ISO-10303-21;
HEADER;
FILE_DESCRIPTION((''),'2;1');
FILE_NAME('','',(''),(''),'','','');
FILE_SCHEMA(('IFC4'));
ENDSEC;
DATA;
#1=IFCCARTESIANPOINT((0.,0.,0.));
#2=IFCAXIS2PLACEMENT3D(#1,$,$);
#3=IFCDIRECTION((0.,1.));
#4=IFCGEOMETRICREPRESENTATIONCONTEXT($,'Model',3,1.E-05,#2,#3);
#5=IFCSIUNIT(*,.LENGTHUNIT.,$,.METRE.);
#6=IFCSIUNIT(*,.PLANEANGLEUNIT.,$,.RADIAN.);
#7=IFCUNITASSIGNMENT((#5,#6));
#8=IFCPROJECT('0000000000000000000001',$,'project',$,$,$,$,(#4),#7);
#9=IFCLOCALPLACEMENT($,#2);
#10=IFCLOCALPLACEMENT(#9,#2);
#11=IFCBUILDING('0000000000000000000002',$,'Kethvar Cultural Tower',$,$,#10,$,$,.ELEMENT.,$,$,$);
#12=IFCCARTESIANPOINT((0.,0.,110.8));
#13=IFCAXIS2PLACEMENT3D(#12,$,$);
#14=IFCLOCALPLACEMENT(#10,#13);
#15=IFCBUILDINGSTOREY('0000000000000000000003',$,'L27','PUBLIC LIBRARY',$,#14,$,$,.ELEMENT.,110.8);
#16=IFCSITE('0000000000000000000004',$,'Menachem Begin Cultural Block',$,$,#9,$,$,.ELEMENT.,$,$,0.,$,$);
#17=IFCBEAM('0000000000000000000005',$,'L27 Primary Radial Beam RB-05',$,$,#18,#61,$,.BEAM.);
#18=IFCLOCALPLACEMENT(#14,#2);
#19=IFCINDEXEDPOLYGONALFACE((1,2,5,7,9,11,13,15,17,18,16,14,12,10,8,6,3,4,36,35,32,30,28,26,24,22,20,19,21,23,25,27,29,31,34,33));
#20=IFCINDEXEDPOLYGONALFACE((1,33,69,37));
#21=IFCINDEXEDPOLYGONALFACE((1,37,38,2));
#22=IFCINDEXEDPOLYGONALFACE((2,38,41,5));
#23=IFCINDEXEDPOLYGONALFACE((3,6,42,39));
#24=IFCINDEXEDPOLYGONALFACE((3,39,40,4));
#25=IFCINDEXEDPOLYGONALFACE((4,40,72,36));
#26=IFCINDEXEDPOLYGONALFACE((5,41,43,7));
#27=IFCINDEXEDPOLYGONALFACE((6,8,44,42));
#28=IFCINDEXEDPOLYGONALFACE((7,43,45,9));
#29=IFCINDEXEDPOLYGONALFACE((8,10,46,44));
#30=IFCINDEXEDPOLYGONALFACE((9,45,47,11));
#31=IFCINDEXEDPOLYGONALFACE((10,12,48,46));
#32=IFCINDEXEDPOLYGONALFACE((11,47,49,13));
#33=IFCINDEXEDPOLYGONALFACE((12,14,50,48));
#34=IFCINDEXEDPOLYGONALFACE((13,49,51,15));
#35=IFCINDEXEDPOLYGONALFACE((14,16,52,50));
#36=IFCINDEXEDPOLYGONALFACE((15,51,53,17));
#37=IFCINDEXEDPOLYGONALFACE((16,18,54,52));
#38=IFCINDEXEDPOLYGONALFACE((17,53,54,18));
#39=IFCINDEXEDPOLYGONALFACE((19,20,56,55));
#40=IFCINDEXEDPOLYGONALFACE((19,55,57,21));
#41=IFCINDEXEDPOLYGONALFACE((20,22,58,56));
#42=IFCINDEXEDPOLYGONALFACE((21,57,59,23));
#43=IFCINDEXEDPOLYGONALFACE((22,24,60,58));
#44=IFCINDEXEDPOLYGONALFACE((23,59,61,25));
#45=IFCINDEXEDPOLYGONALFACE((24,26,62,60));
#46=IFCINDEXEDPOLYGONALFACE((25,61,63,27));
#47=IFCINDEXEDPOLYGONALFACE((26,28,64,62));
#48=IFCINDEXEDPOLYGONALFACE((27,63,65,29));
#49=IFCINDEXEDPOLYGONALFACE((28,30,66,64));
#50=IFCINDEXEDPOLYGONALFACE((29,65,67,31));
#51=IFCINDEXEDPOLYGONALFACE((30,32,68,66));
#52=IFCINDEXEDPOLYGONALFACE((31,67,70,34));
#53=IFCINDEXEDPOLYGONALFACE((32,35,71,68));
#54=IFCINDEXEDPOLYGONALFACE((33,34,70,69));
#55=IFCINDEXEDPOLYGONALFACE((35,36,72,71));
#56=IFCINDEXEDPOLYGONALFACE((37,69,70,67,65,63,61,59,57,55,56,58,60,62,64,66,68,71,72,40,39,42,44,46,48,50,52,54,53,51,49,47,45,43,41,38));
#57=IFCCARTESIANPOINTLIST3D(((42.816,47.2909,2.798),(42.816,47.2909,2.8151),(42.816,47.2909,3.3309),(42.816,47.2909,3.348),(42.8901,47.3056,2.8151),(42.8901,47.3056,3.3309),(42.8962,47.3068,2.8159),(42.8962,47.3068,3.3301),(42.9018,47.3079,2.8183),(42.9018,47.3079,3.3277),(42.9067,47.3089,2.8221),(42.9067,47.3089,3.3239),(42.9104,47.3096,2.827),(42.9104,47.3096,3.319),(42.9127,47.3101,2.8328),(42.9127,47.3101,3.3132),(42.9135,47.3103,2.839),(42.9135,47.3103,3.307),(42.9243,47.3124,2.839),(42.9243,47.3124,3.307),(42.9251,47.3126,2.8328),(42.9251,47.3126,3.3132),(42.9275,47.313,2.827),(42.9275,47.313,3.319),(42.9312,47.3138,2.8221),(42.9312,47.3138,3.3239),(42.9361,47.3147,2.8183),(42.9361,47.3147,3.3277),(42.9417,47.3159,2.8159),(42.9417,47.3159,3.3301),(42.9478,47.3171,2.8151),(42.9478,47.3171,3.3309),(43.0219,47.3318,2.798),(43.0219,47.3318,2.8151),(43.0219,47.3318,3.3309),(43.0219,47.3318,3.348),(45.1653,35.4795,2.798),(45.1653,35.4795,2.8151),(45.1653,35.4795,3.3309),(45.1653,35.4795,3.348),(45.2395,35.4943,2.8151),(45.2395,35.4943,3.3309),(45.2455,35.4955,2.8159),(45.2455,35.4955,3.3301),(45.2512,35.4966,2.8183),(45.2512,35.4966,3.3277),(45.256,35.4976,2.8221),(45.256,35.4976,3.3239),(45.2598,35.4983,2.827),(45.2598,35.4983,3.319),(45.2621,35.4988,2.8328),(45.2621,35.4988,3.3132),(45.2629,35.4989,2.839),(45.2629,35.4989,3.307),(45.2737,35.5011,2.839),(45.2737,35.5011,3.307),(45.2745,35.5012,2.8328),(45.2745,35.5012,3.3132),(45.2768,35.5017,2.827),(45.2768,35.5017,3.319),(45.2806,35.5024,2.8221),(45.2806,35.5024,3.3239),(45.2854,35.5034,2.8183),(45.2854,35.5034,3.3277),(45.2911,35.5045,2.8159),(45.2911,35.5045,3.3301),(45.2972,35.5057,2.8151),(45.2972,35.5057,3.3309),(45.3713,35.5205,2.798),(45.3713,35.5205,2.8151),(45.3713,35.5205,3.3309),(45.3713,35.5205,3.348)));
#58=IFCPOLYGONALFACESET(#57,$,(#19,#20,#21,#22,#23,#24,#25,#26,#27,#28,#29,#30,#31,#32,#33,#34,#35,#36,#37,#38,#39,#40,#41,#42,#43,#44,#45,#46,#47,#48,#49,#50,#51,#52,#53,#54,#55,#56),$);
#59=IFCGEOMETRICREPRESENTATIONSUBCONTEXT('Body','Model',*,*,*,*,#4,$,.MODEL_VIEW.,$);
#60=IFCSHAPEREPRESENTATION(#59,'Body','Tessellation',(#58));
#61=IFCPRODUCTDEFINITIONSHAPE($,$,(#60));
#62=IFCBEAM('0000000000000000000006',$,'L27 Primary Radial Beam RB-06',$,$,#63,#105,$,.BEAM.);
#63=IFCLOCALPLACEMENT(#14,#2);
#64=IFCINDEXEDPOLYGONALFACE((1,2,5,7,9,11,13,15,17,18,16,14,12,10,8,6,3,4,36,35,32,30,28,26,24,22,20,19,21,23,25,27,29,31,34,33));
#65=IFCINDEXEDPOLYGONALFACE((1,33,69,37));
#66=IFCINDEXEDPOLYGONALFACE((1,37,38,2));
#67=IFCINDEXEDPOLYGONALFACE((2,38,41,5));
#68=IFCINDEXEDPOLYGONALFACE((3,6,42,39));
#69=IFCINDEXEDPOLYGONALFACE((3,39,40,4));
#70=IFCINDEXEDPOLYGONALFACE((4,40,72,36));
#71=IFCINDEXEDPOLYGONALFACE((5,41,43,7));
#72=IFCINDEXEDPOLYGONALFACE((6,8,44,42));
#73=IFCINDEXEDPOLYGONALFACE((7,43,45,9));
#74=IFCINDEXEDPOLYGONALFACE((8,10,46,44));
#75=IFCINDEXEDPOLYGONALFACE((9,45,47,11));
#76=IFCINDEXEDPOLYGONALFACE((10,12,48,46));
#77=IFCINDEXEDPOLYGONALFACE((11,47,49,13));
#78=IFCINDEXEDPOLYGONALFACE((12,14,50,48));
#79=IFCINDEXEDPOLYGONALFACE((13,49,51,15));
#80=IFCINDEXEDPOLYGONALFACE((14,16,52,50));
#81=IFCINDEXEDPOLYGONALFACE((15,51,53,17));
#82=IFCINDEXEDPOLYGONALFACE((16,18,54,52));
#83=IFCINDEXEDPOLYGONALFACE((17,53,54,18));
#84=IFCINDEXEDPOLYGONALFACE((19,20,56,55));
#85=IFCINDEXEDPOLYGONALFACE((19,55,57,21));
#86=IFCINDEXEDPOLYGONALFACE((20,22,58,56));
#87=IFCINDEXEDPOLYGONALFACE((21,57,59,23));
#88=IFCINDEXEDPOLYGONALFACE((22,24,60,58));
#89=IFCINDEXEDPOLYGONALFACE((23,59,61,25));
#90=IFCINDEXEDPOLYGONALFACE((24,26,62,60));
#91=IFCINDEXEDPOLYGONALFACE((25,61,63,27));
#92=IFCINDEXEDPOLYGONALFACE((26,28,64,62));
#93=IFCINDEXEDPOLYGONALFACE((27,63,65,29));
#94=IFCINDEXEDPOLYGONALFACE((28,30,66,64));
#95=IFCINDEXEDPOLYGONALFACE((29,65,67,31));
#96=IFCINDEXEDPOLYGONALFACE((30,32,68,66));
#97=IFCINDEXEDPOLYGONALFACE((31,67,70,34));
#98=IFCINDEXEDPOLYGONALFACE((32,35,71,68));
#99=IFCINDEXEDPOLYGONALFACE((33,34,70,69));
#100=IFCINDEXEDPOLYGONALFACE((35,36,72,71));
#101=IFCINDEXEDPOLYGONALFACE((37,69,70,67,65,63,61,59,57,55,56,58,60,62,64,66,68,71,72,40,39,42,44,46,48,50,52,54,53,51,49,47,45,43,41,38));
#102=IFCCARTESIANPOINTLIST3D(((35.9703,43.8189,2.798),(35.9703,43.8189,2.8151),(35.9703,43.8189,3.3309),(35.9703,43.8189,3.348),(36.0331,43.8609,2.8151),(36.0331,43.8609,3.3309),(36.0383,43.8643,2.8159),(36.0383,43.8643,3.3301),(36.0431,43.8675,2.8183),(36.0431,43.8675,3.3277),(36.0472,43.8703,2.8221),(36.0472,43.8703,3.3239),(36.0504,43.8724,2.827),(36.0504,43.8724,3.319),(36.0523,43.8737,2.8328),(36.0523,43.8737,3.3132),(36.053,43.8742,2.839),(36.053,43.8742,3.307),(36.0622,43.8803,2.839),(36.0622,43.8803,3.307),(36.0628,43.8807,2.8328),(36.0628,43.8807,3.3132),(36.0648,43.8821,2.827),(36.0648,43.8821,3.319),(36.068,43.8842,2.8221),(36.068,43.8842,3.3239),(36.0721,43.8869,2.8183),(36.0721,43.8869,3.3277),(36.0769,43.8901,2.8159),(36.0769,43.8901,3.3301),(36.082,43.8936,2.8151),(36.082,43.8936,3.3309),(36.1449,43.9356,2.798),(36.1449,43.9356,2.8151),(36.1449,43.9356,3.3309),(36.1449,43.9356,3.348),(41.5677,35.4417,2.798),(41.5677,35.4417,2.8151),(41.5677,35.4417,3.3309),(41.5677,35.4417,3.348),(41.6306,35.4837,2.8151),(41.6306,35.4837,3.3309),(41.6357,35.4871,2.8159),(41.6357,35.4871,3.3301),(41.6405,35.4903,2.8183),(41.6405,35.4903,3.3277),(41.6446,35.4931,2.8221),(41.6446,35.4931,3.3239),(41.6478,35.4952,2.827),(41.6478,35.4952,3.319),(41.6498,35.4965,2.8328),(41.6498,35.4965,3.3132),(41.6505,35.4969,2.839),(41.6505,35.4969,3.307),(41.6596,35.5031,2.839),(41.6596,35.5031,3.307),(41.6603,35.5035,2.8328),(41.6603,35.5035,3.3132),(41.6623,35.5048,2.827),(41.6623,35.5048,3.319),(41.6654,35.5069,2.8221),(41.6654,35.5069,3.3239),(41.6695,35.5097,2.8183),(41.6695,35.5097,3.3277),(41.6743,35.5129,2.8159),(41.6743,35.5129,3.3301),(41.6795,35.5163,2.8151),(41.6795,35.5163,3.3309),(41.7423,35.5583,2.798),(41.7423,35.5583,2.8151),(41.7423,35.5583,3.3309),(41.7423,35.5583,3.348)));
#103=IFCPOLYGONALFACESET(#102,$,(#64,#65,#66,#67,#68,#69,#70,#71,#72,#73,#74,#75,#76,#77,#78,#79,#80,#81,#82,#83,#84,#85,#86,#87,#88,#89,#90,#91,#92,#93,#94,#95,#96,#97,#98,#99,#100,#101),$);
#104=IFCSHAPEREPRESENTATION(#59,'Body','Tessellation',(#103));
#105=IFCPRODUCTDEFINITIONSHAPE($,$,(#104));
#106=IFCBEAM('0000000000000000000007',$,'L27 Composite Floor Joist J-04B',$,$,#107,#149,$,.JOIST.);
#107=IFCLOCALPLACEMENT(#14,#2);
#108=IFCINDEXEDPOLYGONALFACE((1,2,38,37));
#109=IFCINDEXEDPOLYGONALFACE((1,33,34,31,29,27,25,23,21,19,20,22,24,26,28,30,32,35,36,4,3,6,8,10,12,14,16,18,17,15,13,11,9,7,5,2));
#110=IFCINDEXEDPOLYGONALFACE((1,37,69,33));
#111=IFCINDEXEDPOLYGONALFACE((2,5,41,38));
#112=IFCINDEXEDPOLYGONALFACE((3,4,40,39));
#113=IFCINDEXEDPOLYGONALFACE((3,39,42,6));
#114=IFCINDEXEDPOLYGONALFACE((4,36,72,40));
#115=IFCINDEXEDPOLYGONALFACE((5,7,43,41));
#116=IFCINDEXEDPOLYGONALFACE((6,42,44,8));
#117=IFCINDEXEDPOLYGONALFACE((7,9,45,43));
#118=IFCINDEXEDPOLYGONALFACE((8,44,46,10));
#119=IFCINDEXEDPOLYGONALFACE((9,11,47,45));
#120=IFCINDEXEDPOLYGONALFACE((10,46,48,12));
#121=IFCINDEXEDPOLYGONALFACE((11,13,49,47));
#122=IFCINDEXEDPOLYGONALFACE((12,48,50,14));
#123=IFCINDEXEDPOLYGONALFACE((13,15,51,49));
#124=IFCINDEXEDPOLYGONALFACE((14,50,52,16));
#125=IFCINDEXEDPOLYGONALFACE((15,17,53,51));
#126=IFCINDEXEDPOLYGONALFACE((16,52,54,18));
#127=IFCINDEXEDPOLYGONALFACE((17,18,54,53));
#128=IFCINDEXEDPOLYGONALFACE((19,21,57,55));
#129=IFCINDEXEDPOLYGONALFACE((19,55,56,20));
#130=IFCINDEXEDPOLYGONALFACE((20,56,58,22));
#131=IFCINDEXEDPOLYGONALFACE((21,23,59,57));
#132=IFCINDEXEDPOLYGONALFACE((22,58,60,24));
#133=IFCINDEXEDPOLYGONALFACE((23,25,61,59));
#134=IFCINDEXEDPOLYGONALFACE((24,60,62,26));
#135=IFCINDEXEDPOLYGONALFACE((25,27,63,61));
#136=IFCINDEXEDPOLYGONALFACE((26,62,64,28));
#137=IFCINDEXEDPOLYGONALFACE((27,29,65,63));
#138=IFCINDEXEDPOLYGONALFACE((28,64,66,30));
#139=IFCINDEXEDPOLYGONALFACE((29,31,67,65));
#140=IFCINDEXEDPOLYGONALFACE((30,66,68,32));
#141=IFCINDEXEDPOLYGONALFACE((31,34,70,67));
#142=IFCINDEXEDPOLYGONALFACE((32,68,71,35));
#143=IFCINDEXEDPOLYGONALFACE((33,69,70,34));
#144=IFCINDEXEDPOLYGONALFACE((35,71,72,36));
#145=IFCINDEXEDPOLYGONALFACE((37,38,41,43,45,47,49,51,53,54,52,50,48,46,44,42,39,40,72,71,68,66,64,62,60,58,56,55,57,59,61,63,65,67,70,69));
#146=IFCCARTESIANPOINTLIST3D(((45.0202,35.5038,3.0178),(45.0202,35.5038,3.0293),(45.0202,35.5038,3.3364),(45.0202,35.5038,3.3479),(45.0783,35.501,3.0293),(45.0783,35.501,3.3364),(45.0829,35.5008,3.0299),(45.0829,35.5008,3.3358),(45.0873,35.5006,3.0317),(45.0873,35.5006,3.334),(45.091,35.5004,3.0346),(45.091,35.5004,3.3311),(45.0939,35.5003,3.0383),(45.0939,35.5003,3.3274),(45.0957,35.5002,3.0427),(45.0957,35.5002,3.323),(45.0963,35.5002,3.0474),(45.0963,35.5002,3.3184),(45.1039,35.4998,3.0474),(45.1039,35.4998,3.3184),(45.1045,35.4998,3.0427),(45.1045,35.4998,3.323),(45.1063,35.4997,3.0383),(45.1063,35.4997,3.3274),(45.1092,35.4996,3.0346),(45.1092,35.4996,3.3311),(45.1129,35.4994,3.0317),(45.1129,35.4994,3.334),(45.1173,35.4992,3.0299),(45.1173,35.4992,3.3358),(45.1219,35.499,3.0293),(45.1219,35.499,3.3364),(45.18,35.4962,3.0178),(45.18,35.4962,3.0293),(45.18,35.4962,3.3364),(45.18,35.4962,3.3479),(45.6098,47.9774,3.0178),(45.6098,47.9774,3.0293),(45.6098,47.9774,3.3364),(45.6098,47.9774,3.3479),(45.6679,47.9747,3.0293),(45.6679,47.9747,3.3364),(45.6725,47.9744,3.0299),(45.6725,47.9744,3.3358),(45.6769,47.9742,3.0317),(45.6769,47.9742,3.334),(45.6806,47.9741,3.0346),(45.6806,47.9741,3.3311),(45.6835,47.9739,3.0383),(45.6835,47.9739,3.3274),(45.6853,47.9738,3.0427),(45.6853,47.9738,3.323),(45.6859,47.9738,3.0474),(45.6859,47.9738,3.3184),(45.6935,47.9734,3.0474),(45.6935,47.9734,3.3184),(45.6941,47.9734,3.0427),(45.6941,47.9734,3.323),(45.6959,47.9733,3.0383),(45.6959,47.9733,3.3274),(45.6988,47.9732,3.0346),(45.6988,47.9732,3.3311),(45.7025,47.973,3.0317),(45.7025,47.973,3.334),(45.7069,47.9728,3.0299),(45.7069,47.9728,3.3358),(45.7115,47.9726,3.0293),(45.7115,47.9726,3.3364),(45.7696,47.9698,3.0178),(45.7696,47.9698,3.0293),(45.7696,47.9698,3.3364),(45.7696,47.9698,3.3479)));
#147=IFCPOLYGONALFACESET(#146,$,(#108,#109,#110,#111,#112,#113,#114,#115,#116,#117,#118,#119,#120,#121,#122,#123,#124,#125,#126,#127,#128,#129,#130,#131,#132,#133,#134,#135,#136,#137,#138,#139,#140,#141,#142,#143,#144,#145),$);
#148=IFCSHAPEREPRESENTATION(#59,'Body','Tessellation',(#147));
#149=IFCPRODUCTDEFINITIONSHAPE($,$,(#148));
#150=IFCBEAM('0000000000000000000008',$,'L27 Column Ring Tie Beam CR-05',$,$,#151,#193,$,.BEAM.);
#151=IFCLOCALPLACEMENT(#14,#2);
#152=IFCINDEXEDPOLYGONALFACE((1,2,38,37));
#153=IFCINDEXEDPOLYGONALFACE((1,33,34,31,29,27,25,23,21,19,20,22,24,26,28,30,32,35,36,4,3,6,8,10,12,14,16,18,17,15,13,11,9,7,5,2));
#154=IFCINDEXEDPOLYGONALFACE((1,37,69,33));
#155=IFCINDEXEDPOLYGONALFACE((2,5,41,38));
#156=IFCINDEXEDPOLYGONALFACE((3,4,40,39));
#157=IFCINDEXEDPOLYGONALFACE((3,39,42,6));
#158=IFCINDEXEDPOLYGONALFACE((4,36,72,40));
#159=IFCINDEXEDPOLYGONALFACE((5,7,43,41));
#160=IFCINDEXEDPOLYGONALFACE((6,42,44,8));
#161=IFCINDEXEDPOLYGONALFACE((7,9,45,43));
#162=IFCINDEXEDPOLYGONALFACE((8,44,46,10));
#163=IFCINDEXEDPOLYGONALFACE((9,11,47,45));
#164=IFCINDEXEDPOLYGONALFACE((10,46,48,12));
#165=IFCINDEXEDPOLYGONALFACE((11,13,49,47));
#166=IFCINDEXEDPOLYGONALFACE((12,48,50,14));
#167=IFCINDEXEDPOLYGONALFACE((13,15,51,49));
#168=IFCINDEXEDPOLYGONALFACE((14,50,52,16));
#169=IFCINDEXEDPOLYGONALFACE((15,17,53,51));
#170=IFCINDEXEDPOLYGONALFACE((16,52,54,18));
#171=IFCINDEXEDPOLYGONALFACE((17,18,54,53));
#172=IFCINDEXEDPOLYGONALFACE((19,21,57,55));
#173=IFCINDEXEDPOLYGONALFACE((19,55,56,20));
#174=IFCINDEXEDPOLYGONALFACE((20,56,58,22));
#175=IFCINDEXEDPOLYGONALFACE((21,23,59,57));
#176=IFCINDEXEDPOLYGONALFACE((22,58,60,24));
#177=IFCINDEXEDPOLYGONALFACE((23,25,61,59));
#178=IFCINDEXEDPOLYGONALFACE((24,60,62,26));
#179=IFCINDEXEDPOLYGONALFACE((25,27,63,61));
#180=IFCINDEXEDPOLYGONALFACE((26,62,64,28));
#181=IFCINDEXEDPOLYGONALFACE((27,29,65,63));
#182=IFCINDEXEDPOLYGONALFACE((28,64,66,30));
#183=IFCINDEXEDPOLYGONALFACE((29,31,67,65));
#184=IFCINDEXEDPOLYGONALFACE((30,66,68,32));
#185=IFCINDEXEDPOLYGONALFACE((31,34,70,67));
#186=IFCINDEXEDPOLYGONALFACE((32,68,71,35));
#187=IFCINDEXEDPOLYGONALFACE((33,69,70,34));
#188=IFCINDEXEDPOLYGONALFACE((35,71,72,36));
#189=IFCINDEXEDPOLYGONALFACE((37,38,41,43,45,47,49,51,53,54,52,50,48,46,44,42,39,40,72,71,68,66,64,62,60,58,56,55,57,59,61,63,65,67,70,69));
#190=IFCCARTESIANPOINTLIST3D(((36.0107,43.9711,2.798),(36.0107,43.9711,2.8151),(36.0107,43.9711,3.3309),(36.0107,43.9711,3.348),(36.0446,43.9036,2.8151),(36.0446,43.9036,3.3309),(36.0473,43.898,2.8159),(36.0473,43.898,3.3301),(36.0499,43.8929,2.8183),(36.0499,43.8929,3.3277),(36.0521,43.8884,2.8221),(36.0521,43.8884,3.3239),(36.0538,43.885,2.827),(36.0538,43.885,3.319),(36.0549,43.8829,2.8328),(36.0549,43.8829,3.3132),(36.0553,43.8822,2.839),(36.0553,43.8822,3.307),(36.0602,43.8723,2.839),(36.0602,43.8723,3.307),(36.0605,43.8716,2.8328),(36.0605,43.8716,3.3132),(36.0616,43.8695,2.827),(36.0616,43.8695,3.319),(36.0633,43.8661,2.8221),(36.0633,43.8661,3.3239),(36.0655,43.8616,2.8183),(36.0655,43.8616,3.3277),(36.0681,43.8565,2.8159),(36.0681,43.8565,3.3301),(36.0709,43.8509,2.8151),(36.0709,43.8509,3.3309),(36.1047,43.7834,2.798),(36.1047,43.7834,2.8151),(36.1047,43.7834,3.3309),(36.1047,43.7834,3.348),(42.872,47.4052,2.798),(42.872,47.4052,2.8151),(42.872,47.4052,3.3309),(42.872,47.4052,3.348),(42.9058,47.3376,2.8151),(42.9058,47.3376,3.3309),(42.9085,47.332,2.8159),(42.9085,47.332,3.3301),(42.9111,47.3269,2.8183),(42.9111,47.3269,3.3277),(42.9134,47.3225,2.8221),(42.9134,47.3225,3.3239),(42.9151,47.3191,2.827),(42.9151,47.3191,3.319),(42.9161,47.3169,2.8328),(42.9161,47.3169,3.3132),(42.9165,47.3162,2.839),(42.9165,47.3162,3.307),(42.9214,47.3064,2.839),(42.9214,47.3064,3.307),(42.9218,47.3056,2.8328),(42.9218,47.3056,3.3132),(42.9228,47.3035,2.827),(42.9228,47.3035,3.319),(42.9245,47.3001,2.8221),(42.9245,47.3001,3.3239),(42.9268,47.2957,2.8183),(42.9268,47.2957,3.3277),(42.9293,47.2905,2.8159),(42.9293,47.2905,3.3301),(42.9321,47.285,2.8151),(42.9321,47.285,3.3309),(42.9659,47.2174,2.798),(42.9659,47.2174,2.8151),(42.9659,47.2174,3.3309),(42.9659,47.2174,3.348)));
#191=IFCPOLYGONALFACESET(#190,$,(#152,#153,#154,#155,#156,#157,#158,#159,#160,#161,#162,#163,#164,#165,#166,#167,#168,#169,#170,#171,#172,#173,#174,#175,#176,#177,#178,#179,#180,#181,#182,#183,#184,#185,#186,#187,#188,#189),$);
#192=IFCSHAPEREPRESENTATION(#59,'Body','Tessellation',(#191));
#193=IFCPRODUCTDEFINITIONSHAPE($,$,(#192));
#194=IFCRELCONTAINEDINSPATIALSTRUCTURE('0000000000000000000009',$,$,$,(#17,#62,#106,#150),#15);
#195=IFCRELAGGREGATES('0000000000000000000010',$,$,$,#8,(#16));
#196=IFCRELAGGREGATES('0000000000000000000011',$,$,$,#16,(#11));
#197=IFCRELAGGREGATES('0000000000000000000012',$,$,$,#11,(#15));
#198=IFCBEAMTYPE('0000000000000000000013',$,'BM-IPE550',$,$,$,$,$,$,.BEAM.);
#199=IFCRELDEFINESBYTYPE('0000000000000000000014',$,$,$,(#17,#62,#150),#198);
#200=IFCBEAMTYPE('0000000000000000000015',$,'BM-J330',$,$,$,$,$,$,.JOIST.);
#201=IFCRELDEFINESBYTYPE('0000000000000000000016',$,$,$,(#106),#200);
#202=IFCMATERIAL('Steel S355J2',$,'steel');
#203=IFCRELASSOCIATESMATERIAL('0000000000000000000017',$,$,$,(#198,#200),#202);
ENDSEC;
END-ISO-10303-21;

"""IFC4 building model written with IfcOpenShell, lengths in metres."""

from ifc_helpers import new_model, si_unit, direction, frame, origin, origin_2d, place, context, subcontext, project, spatial, i_section, extrude, source, transform, mapped, material, material_profile, profile_set, type_object, element, save


model = new_model("IFC4")

# Units and contexts
model_context = context("Model", 3, precision=1e-05, world=origin(), true_north=direction((0.0, 1.0)))
body_context = subcontext(model_context, "Body", "Model", "MODEL_VIEW")
ifc_project = project(units=[si_unit("LENGTHUNIT", "METRE"), si_unit("PLANEANGLEUNIT", "RADIAN")], contexts=[model_context])

# Site, building, storey
site_placement = place(None, origin())
site = spatial("IfcSite", under=ifc_project, at=site_placement, Name="Menachem Begin Cultural Block", CompositionType="ELEMENT", RefElevation=0.0)
building_placement = place(site_placement, origin())
building = spatial("IfcBuilding", under=site, at=building_placement, Name="Kethvar Cultural Tower", CompositionType="ELEMENT")
storey_placement = place(building_placement, frame((0.0, 0.0, 110.8)))
storey = spatial("IfcBuildingStorey", under=building, at=storey_placement, Name="L27", Description="PUBLIC LIBRARY", CompositionType="ELEMENT", Elevation=110.8)

# Beams
ifc_material_1 = material(Name="Steel S355J2", Category="steel")
ifc_material_profile_1 = material_profile(ifc_material_1, i_section(OverallWidth=0.21, OverallDepth=0.55, WebThickness=0.011, FlangeThickness=0.0171, FilletRadius=0.0239, at=origin_2d()), Name="Steel S355J2 — IPE550")
ifc_profile_set_1 = profile_set([ifc_material_profile_1], Name="Steel S355J2 — IPE550")
beam_type_1 = type_object("IfcBeamType", Name="BM-IPE550", PredefinedType="BEAM", material=ifc_profile_set_1)
shared_shape_1 = source(origin(), body_context, "Body", "SweptSolid", [
    extrude(i_section(OverallWidth=0.21, OverallDepth=0.55, WebThickness=0.011, FlangeThickness=0.0171, FilletRadius=0.0239, at=origin_2d()), origin(), (0.0, 0.0, 1.0), 12.0427),
])
beam_1_placement = place(storey_placement, frame((45.2683, 35.5, 3.073), z_axis=(-0.195087, 0.980786, 0.0), x_axis=(-0.980786, -0.195087, 0.0)))
element("IfcBeam", 1, at=beam_1_placement, inside=storey, type_object=beam_type_1, Name="L27 Primary Radial Beam RB-05", PredefinedType="BEAM", context=body_context, shape_type="MappedRepresentation", body=[
    mapped(shared_shape_1, transform((0.0, 0.0, 0.0), scale=1.0)),
])
shared_shape_2 = source(origin(), body_context, "Body", "SweptSolid", [
    extrude(i_section(OverallWidth=0.21, OverallDepth=0.55, WebThickness=0.011, FlangeThickness=0.0171, FilletRadius=0.0239, at=origin_2d()), origin(), (0.0, 0.0, 1.0), 10.0752),
])
beam_2_placement = place(storey_placement, frame((41.655, 35.5, 3.073), z_axis=(-0.555567, 0.831472, 0.0), x_axis=(-0.831472, -0.555567, 0.0)))
element("IfcBeam", 2, at=beam_2_placement, inside=storey, type_object=beam_type_1, Name="L27 Primary Radial Beam RB-06", PredefinedType="BEAM", context=body_context, shape_type="MappedRepresentation", body=[
    mapped(shared_shape_2, transform((0.0, 0.0, 0.0), scale=1.0)),
])
ifc_material_profile_2 = material_profile(ifc_material_1, i_section(OverallWidth=0.1599, OverallDepth=0.3301, WebThickness=0.0076, FlangeThickness=0.0115, FilletRadius=0.0181, at=origin_2d()), Name="Steel S355J2 — IPE330")
ifc_profile_set_2 = profile_set([ifc_material_profile_2], Name="Steel S355J2 — IPE330")
beam_type_2 = type_object("IfcBeamType", Name="BM-J330", PredefinedType="JOIST", material=ifc_profile_set_2)
shared_shape_3 = source(origin(), body_context, "Body", "SweptSolid", [
    extrude(i_section(OverallWidth=0.1599, OverallDepth=0.3301, WebThickness=0.0076, FlangeThickness=0.0115, FilletRadius=0.0181, at=origin_2d()), origin(), (0.0, 0.0, 1.0), 12.4875),
])
beam_3_placement = place(storey_placement, frame((45.1001, 35.5, 3.1829), z_axis=(0.047215, 0.998885, 0.0), x_axis=(-0.998885, 0.047215, 0.0)))
element("IfcBeam", 3, at=beam_3_placement, inside=storey, type_object=beam_type_2, Name="L27 Composite Floor Joist J-04B", PredefinedType="JOIST", context=body_context, shape_type="MappedRepresentation", body=[
    mapped(shared_shape_3, transform((0.0, 0.0, 0.0), scale=1.0)),
])
shared_shape_4 = source(origin(), body_context, "Body", "SweptSolid", [
    extrude(i_section(OverallWidth=0.21, OverallDepth=0.55, WebThickness=0.011, FlangeThickness=0.0171, FilletRadius=0.0239, at=origin_2d()), origin(), (0.0, 0.0, 1.0), 7.6726),
])
beam_4_placement = place(storey_placement, frame((42.9189, 47.3113, 3.073), z_axis=(-0.894249, -0.44757, 0.0), x_axis=(0.44757, -0.894249, 0.0)))
element("IfcBeam", 4, at=beam_4_placement, inside=storey, type_object=beam_type_1, Name="L27 Column Ring Tie Beam CR-05", PredefinedType="BEAM", context=body_context, shape_type="MappedRepresentation", body=[
    mapped(shared_shape_4, transform((0.0, 0.0, 0.0), scale=1.0)),
])

save(model, "model.ifc")
